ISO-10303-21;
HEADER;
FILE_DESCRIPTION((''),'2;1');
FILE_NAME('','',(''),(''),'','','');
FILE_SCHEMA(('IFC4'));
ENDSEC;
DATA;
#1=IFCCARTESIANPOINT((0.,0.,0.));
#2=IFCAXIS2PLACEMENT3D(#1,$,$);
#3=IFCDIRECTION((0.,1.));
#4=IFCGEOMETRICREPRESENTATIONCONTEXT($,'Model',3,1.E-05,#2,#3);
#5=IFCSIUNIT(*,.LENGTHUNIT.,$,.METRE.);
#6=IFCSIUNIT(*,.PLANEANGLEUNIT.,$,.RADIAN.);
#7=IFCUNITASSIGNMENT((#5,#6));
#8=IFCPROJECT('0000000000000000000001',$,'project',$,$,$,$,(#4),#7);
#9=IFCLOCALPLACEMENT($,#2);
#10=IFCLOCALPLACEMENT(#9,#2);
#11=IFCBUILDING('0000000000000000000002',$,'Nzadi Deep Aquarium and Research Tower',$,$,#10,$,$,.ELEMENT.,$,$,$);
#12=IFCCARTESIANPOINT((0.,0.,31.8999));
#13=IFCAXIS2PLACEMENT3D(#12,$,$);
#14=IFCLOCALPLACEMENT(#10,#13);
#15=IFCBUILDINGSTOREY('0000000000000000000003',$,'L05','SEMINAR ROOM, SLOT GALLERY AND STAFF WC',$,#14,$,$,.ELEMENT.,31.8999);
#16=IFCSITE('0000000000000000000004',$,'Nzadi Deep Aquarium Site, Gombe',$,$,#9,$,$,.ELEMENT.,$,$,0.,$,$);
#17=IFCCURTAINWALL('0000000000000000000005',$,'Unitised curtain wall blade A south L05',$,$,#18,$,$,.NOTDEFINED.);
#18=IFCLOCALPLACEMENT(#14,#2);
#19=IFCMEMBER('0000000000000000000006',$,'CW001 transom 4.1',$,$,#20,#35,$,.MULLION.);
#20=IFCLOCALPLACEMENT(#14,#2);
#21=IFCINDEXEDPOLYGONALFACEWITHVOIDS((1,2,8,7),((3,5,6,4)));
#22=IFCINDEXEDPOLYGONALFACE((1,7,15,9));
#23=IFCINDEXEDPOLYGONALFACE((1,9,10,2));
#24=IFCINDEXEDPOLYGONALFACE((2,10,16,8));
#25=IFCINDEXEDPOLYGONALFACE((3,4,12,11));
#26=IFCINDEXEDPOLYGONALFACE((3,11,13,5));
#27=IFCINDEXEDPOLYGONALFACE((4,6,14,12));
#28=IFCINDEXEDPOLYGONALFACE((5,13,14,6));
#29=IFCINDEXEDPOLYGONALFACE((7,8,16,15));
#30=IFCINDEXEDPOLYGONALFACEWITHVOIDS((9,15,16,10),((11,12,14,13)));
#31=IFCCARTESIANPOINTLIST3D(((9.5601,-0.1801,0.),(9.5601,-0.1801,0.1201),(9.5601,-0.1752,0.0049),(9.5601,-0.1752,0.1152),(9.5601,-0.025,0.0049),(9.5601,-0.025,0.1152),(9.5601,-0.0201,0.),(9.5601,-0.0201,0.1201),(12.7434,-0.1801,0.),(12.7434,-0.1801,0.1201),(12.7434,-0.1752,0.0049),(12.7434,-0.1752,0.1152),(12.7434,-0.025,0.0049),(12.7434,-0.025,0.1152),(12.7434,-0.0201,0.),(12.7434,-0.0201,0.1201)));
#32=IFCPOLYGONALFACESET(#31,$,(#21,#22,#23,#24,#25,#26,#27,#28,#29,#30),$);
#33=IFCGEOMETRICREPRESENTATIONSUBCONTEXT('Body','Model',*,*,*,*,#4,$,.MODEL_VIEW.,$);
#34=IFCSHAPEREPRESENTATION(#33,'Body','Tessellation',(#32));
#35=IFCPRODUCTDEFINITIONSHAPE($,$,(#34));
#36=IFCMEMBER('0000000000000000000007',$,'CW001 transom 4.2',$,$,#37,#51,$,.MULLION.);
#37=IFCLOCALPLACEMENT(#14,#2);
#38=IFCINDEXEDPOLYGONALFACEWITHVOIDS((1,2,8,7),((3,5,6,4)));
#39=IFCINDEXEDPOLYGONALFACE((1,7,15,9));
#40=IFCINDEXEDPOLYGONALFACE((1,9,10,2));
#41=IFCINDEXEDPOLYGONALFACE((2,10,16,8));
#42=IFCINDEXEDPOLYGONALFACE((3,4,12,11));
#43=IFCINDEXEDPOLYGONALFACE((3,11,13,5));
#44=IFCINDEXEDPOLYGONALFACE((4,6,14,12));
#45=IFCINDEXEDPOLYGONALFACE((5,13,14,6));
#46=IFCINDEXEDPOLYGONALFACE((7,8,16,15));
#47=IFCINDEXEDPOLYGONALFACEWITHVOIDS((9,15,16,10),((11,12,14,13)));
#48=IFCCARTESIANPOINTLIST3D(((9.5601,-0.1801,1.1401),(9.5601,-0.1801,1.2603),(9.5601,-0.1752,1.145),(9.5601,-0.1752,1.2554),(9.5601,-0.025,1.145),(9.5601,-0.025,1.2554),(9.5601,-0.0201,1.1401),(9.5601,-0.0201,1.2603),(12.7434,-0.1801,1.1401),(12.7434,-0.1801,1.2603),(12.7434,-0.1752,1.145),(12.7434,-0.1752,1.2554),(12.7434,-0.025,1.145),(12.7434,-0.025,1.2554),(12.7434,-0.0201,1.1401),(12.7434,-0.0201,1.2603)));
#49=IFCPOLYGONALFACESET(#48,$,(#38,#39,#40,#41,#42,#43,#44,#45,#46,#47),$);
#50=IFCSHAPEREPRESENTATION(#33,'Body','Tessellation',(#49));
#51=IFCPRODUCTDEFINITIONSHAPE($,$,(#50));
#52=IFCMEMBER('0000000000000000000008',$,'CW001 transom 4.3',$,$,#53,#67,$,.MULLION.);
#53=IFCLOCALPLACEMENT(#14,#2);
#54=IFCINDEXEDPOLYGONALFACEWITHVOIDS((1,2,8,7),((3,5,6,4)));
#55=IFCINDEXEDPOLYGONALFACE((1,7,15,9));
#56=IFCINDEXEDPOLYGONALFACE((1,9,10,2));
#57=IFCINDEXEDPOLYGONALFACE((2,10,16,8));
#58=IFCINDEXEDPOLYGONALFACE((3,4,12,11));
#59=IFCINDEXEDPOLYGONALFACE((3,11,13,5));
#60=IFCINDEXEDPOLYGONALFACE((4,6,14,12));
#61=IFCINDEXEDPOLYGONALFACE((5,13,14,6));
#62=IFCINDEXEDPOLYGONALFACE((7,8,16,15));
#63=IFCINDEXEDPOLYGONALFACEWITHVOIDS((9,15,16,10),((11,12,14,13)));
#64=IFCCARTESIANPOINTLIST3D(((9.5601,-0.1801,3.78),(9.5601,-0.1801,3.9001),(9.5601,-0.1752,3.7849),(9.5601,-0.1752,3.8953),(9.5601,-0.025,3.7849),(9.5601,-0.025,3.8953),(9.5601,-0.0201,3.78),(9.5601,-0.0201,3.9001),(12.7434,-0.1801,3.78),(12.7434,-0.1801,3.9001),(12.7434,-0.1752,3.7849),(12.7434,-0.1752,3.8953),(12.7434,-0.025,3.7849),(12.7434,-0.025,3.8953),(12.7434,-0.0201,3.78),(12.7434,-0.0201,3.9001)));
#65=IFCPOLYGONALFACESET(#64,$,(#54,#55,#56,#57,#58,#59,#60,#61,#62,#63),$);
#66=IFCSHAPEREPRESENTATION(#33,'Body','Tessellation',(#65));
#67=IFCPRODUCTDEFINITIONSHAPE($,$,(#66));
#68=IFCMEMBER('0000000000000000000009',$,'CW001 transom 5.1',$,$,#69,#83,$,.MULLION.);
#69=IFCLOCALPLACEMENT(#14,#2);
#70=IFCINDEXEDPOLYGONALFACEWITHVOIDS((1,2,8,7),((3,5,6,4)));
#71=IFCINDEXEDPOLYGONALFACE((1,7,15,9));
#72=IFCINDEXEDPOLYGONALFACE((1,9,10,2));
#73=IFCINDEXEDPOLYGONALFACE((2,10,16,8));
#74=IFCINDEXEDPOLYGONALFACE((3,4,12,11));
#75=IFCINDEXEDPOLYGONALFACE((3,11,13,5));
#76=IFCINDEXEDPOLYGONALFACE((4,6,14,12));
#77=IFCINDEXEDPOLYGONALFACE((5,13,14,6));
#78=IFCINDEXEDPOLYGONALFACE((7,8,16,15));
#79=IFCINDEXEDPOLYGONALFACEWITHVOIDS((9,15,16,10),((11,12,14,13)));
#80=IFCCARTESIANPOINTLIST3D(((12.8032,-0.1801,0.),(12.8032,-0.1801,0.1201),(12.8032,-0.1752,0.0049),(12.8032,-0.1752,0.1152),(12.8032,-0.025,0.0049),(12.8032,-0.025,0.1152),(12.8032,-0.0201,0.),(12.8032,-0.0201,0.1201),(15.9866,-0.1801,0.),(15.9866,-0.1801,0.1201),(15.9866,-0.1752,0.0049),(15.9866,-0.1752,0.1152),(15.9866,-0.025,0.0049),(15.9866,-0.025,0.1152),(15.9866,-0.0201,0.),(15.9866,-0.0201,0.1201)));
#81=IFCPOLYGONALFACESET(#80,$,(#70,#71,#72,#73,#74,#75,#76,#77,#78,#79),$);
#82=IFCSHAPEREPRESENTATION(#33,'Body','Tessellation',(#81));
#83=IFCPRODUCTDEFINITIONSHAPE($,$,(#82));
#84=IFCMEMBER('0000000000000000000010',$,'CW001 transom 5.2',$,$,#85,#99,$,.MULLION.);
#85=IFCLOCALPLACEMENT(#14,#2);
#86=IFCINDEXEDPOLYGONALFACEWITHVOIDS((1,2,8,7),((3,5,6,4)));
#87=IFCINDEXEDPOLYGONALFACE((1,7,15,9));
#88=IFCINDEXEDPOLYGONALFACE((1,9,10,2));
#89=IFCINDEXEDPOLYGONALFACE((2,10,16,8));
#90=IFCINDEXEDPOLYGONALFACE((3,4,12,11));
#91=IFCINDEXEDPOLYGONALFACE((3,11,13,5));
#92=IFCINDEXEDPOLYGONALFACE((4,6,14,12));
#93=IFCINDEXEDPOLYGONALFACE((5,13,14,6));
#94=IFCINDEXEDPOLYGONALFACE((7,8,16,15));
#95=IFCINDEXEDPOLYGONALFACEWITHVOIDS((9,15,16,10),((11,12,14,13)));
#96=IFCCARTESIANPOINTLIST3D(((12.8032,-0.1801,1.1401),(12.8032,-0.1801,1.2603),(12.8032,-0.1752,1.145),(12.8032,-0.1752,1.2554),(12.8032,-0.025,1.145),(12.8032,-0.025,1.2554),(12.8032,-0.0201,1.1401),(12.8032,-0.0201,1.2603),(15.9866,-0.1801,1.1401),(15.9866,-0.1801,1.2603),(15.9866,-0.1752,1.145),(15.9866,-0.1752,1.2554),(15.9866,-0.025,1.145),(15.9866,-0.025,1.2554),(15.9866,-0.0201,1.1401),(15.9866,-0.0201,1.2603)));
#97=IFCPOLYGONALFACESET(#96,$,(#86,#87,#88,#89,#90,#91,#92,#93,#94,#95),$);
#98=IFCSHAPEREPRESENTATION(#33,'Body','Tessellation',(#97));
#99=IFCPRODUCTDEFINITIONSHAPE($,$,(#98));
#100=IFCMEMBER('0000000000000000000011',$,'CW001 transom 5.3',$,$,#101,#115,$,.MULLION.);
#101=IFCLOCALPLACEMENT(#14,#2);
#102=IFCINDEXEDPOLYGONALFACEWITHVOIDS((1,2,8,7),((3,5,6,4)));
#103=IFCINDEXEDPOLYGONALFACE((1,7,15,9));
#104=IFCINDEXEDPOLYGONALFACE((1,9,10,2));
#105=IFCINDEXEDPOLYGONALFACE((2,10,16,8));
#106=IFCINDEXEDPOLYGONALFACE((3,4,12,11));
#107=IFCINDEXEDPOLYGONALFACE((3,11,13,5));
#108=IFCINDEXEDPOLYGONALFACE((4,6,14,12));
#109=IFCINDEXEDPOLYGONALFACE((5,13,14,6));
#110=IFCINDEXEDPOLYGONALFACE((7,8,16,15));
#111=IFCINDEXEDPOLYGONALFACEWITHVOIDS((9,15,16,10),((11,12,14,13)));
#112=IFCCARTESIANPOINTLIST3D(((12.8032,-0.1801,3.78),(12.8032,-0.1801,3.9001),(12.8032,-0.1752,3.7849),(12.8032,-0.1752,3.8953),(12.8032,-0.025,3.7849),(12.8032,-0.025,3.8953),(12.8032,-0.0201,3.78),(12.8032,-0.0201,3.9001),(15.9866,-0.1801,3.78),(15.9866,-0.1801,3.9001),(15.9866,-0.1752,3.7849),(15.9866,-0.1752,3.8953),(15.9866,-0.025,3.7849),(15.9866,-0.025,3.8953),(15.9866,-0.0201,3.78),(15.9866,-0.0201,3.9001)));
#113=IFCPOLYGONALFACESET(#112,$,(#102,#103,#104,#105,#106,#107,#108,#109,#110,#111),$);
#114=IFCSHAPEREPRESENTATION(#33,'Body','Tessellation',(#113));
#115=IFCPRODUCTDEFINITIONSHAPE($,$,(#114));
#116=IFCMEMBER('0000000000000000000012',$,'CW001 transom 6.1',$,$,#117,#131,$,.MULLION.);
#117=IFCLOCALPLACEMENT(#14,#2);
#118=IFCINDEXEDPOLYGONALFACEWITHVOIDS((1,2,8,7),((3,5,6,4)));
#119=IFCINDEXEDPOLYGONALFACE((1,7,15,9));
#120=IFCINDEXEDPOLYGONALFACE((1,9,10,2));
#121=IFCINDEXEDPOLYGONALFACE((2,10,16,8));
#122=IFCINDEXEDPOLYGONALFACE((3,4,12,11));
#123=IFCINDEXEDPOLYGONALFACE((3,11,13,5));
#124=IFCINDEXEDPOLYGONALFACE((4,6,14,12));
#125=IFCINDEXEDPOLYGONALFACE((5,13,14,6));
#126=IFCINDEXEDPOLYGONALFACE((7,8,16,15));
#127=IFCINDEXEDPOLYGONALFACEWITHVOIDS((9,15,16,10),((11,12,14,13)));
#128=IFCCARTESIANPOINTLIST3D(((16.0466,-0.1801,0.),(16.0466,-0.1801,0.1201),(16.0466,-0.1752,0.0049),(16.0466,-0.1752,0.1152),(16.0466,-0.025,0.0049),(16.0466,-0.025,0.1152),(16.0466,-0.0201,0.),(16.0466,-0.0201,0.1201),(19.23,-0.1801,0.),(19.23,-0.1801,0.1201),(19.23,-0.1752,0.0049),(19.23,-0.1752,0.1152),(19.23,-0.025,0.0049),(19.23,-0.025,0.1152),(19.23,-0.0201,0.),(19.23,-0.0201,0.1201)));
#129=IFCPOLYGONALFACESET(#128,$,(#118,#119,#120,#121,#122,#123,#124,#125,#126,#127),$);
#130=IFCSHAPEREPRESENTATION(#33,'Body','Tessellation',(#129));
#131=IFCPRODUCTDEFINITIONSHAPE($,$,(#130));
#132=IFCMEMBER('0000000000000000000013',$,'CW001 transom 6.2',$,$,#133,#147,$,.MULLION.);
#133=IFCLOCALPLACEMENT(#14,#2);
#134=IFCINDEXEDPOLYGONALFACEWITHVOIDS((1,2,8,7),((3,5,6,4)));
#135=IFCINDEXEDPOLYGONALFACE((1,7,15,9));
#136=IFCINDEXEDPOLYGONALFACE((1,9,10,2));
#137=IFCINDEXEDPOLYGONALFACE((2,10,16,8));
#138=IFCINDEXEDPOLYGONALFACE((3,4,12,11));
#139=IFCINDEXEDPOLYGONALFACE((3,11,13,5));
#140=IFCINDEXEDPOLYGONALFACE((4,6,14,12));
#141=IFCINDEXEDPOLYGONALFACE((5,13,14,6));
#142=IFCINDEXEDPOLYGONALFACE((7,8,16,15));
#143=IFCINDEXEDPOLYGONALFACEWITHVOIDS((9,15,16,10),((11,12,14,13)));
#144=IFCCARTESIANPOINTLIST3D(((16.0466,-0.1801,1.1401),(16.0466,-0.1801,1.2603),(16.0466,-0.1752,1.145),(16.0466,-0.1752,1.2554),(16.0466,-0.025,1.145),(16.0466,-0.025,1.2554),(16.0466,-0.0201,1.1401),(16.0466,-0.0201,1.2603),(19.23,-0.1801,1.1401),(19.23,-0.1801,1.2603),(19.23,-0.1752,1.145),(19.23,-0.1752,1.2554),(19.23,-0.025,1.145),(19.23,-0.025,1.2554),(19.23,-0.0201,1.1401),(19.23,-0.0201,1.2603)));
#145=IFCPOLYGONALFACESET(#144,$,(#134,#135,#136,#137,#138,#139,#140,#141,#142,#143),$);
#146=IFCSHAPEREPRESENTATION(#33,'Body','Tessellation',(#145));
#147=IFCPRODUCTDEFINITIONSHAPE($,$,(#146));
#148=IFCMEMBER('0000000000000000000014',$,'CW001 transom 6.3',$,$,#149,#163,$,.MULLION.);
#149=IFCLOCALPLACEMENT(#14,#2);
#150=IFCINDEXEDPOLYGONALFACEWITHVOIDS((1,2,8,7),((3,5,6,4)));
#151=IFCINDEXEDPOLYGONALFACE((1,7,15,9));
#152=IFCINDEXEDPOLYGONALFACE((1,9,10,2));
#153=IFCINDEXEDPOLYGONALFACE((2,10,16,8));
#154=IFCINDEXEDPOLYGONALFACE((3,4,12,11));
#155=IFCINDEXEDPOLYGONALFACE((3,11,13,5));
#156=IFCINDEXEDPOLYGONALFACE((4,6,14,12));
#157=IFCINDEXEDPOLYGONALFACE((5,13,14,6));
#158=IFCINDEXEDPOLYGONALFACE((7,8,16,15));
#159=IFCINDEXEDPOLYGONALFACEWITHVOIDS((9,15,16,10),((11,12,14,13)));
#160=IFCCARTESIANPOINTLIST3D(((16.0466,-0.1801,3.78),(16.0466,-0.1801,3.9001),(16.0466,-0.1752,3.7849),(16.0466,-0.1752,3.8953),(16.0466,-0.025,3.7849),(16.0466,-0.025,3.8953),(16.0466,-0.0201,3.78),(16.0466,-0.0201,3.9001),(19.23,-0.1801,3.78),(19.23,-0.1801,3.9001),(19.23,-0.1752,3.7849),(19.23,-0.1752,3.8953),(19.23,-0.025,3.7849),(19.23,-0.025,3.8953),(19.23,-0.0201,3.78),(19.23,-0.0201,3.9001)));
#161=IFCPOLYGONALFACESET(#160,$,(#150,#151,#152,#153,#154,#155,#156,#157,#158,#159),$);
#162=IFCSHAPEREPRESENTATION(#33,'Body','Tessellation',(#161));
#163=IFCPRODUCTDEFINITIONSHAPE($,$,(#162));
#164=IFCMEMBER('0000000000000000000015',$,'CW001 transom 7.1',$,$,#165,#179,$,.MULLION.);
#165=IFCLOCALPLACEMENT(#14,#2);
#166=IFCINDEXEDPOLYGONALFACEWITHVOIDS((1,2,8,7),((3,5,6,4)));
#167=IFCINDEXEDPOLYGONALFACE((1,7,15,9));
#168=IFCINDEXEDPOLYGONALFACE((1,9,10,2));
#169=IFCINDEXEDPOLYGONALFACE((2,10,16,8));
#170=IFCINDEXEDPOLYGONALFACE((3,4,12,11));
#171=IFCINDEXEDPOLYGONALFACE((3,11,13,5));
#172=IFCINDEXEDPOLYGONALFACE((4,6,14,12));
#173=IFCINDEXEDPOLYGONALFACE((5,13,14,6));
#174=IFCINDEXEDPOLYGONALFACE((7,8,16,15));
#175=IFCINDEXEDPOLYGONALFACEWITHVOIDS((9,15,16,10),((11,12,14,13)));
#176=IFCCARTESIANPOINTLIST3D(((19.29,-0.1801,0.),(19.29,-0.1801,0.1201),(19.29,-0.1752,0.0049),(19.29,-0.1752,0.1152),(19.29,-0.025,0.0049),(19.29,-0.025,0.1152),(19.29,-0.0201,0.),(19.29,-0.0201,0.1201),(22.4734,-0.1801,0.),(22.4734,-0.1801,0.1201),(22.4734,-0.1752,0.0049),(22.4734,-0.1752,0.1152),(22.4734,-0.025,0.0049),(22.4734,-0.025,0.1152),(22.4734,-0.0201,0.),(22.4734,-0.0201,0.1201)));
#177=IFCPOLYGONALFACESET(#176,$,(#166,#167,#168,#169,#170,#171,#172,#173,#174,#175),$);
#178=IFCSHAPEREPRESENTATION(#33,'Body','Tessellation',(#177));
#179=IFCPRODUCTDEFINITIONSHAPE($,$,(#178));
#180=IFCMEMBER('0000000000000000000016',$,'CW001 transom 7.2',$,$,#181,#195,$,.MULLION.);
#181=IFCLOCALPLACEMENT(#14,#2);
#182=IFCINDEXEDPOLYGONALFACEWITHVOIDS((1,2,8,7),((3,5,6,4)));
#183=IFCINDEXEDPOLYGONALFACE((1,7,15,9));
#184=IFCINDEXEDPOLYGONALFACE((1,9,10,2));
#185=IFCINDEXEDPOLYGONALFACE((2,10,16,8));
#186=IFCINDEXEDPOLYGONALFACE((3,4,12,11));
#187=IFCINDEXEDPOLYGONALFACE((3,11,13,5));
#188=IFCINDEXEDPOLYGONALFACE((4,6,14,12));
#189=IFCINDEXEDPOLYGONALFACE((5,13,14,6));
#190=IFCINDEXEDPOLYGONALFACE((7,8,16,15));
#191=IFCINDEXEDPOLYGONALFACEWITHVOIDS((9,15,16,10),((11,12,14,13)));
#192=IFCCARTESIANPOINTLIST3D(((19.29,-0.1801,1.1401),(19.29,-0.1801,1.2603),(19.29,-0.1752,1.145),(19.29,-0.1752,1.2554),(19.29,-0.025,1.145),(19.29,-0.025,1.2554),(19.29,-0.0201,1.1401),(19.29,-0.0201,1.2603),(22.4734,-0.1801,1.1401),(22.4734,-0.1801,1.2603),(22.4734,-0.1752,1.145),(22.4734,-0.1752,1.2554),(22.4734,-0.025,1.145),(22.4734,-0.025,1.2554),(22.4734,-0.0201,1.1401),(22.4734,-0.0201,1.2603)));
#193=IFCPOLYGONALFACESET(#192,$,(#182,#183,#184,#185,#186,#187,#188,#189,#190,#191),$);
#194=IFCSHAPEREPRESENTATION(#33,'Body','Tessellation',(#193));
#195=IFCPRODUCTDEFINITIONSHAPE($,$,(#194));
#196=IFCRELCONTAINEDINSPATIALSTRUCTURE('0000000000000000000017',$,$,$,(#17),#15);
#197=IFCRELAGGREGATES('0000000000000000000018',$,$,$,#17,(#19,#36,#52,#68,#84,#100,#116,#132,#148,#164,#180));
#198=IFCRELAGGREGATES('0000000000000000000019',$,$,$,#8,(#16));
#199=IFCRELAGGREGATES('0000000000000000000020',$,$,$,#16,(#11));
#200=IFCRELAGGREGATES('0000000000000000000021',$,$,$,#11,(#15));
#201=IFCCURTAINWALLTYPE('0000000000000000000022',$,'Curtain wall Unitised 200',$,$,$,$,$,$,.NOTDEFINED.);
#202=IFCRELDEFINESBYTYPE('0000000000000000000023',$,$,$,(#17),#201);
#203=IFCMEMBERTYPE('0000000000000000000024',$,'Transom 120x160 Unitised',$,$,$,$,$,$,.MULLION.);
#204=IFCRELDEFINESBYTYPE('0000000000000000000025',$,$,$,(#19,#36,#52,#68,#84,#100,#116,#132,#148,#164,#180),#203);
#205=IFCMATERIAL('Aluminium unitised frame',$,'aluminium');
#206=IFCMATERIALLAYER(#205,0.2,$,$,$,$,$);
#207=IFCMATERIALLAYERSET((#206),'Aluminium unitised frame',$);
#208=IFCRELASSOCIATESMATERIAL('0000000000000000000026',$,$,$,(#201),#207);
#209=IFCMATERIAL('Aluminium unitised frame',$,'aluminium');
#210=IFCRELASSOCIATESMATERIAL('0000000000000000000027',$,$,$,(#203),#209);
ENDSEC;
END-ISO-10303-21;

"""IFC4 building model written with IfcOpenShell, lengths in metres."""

from ifc_helpers import new_model, si_unit, direction, frame, origin, origin_2d, place, context, subcontext, project, spatial, hollow_rectangle, extrude, material, layer, layer_set, material_profile, profile_set, type_object, element, aggregate, save


model = new_model("IFC4")

# Units and contexts
model_context = context("Model", 3, precision=1e-05, world=origin(), true_north=direction((0.0, 1.0)))
body_context = subcontext(model_context, "Body", "Model", "MODEL_VIEW")
ifc_project = project(units=[si_unit("LENGTHUNIT", "METRE"), si_unit("PLANEANGLEUNIT", "RADIAN")], contexts=[model_context])

# Site, building, storey
site_placement = place(None, origin())
site = spatial("IfcSite", under=ifc_project, at=site_placement, Name="Nzadi Deep Aquarium Site, Gombe", CompositionType="ELEMENT", RefElevation=0.0)
building_placement = place(site_placement, origin())
building = spatial("IfcBuilding", under=site, at=building_placement, Name="Nzadi Deep Aquarium and Research Tower", CompositionType="ELEMENT")
storey_placement = place(building_placement, frame((0.0, 0.0, 31.8999)))
storey = spatial("IfcBuildingStorey", under=building, at=storey_placement, Name="L05", Description="SEMINAR ROOM, SLOT GALLERY AND STAFF WC", CompositionType="ELEMENT", Elevation=31.8999)

# Curtain wall
ifc_material_1 = material(Name="Aluminium unitised frame", Category="aluminium")
ifc_layer_1 = layer(ifc_material_1, 0.2)
ifc_layer_set_1 = layer_set([ifc_layer_1], Name="Aluminium unitised frame")
curtain_wall_type = type_object("IfcCurtainWallType", Name="Curtain wall Unitised 200", PredefinedType="NOTDEFINED", material=ifc_layer_set_1)
curtain_wall_placement = place(storey_placement, origin())
curtain_wall = element("IfcCurtainWall", 1, at=curtain_wall_placement, inside=storey, type_object=curtain_wall_type, Name="Unitised curtain wall blade A south L05", PredefinedType="NOTDEFINED")

# Members
ifc_material_2 = material(Name="Aluminium unitised frame", Category="aluminium")
ifc_material_profile_1 = material_profile(ifc_material_2, hollow_rectangle(XDim=0.1599, YDim=0.1201, WallThickness=0.0049, at=origin_2d()))
ifc_profile_set_1 = profile_set([ifc_material_profile_1], Name="Aluminium unitised frame")
member_type_1 = type_object("IfcMemberType", Name="Transom 120x160 Unitised", PredefinedType="MULLION", material=ifc_profile_set_1)
member_1_placement = place(storey_placement, frame((9.5601, -0.1001, 0.0601), z_axis=(1.0, 0.0, 0.0), x_axis=(0.0, 1.0, 0.0)))
member_1 = element("IfcMember", 2, at=member_1_placement, type_object=member_type_1, Name="CW001 transom 4.1", PredefinedType="MULLION", context=body_context, shape_type="SweptSolid", body=[
    extrude(hollow_rectangle(XDim=0.1599, YDim=0.1201, WallThickness=0.0049, at=origin_2d()), origin(), (0.0, 0.0, 1.0), 3.1833),
])
member_2_placement = place(storey_placement, frame((9.5601, -0.1001, 1.2002), z_axis=(1.0, 0.0, 0.0), x_axis=(0.0, 1.0, 0.0)))
member_2 = element("IfcMember", 3, at=member_2_placement, type_object=member_type_1, Name="CW001 transom 4.2", PredefinedType="MULLION", context=body_context, shape_type="SweptSolid", body=[
    extrude(hollow_rectangle(XDim=0.1599, YDim=0.1201, WallThickness=0.0049, at=origin_2d()), origin(), (0.0, 0.0, 1.0), 3.1833),
])
member_3_placement = place(storey_placement, frame((9.5601, -0.1001, 3.8401), z_axis=(1.0, 0.0, 0.0), x_axis=(0.0, 1.0, 0.0)))
member_3 = element("IfcMember", 4, at=member_3_placement, type_object=member_type_1, Name="CW001 transom 4.3", PredefinedType="MULLION", context=body_context, shape_type="SweptSolid", body=[
    extrude(hollow_rectangle(XDim=0.1599, YDim=0.1201, WallThickness=0.0049, at=origin_2d()), origin(), (0.0, 0.0, 1.0), 3.1833),
])
member_4_placement = place(storey_placement, frame((12.8032, -0.1001, 0.0601), z_axis=(1.0, 0.0, 0.0), x_axis=(0.0, 1.0, 0.0)))
member_4 = element("IfcMember", 5, at=member_4_placement, type_object=member_type_1, Name="CW001 transom 5.1", PredefinedType="MULLION", context=body_context, shape_type="SweptSolid", body=[
    extrude(hollow_rectangle(XDim=0.1599, YDim=0.1201, WallThickness=0.0049, at=origin_2d()), origin(), (0.0, 0.0, 1.0), 3.1833),
])
member_5_placement = place(storey_placement, frame((12.8032, -0.1001, 1.2002), z_axis=(1.0, 0.0, 0.0), x_axis=(0.0, 1.0, 0.0)))
member_5 = element("IfcMember", 6, at=member_5_placement, type_object=member_type_1, Name="CW001 transom 5.2", PredefinedType="MULLION", context=body_context, shape_type="SweptSolid", body=[
    extrude(hollow_rectangle(XDim=0.1599, YDim=0.1201, WallThickness=0.0049, at=origin_2d()), origin(), (0.0, 0.0, 1.0), 3.1833),
])
member_6_placement = place(storey_placement, frame((12.8032, -0.1001, 3.8401), z_axis=(1.0, 0.0, 0.0), x_axis=(0.0, 1.0, 0.0)))
member_6 = element("IfcMember", 7, at=member_6_placement, type_object=member_type_1, Name="CW001 transom 5.3", PredefinedType="MULLION", context=body_context, shape_type="SweptSolid", body=[
    extrude(hollow_rectangle(XDim=0.1599, YDim=0.1201, WallThickness=0.0049, at=origin_2d()), origin(), (0.0, 0.0, 1.0), 3.1833),
])
member_7_placement = place(storey_placement, frame((16.0466, -0.1001, 0.0601), z_axis=(1.0, 0.0, 0.0), x_axis=(0.0, 1.0, 0.0)))
member_7 = element("IfcMember", 8, at=member_7_placement, type_object=member_type_1, Name="CW001 transom 6.1", PredefinedType="MULLION", context=body_context, shape_type="SweptSolid", body=[
    extrude(hollow_rectangle(XDim=0.1599, YDim=0.1201, WallThickness=0.0049, at=origin_2d()), origin(), (0.0, 0.0, 1.0), 3.1833),
])
member_8_placement = place(storey_placement, frame((16.0466, -0.1001, 1.2002), z_axis=(1.0, 0.0, 0.0), x_axis=(0.0, 1.0, 0.0)))
member_8 = element("IfcMember", 9, at=member_8_placement, type_object=member_type_1, Name="CW001 transom 6.2", PredefinedType="MULLION", context=body_context, shape_type="SweptSolid", body=[
    extrude(hollow_rectangle(XDim=0.1599, YDim=0.1201, WallThickness=0.0049, at=origin_2d()), origin(), (0.0, 0.0, 1.0), 3.1833),
])
member_9_placement = place(storey_placement, frame((16.0466, -0.1001, 3.8401), z_axis=(1.0, 0.0, 0.0), x_axis=(0.0, 1.0, 0.0)))
member_9 = element("IfcMember", 10, at=member_9_placement, type_object=member_type_1, Name="CW001 transom 6.3", PredefinedType="MULLION", context=body_context, shape_type="SweptSolid", body=[
    extrude(hollow_rectangle(XDim=0.1599, YDim=0.1201, WallThickness=0.0049, at=origin_2d()), origin(), (0.0, 0.0, 1.0), 3.1833),
])
member_10_placement = place(storey_placement, frame((19.29, -0.1001, 0.0601), z_axis=(1.0, 0.0, 0.0), x_axis=(0.0, 1.0, 0.0)))
member_10 = element("IfcMember", 11, at=member_10_placement, type_object=member_type_1, Name="CW001 transom 7.1", PredefinedType="MULLION", context=body_context, shape_type="SweptSolid", body=[
    extrude(hollow_rectangle(XDim=0.1599, YDim=0.1201, WallThickness=0.0049, at=origin_2d()), origin(), (0.0, 0.0, 1.0), 3.1833),
])
member_11_placement = place(storey_placement, frame((19.29, -0.1001, 1.2002), z_axis=(1.0, 0.0, 0.0), x_axis=(0.0, 1.0, 0.0)))
member_11 = element("IfcMember", 12, at=member_11_placement, type_object=member_type_1, Name="CW001 transom 7.2", PredefinedType="MULLION", context=body_context, shape_type="SweptSolid", body=[
    extrude(hollow_rectangle(XDim=0.1599, YDim=0.1201, WallThickness=0.0049, at=origin_2d()), origin(), (0.0, 0.0, 1.0), 3.1833),
])

aggregate(curtain_wall, [member_1, member_2, member_3, member_4, member_5, member_6, member_7, member_8, member_9, member_10, member_11])

save(model, "model.ifc")
